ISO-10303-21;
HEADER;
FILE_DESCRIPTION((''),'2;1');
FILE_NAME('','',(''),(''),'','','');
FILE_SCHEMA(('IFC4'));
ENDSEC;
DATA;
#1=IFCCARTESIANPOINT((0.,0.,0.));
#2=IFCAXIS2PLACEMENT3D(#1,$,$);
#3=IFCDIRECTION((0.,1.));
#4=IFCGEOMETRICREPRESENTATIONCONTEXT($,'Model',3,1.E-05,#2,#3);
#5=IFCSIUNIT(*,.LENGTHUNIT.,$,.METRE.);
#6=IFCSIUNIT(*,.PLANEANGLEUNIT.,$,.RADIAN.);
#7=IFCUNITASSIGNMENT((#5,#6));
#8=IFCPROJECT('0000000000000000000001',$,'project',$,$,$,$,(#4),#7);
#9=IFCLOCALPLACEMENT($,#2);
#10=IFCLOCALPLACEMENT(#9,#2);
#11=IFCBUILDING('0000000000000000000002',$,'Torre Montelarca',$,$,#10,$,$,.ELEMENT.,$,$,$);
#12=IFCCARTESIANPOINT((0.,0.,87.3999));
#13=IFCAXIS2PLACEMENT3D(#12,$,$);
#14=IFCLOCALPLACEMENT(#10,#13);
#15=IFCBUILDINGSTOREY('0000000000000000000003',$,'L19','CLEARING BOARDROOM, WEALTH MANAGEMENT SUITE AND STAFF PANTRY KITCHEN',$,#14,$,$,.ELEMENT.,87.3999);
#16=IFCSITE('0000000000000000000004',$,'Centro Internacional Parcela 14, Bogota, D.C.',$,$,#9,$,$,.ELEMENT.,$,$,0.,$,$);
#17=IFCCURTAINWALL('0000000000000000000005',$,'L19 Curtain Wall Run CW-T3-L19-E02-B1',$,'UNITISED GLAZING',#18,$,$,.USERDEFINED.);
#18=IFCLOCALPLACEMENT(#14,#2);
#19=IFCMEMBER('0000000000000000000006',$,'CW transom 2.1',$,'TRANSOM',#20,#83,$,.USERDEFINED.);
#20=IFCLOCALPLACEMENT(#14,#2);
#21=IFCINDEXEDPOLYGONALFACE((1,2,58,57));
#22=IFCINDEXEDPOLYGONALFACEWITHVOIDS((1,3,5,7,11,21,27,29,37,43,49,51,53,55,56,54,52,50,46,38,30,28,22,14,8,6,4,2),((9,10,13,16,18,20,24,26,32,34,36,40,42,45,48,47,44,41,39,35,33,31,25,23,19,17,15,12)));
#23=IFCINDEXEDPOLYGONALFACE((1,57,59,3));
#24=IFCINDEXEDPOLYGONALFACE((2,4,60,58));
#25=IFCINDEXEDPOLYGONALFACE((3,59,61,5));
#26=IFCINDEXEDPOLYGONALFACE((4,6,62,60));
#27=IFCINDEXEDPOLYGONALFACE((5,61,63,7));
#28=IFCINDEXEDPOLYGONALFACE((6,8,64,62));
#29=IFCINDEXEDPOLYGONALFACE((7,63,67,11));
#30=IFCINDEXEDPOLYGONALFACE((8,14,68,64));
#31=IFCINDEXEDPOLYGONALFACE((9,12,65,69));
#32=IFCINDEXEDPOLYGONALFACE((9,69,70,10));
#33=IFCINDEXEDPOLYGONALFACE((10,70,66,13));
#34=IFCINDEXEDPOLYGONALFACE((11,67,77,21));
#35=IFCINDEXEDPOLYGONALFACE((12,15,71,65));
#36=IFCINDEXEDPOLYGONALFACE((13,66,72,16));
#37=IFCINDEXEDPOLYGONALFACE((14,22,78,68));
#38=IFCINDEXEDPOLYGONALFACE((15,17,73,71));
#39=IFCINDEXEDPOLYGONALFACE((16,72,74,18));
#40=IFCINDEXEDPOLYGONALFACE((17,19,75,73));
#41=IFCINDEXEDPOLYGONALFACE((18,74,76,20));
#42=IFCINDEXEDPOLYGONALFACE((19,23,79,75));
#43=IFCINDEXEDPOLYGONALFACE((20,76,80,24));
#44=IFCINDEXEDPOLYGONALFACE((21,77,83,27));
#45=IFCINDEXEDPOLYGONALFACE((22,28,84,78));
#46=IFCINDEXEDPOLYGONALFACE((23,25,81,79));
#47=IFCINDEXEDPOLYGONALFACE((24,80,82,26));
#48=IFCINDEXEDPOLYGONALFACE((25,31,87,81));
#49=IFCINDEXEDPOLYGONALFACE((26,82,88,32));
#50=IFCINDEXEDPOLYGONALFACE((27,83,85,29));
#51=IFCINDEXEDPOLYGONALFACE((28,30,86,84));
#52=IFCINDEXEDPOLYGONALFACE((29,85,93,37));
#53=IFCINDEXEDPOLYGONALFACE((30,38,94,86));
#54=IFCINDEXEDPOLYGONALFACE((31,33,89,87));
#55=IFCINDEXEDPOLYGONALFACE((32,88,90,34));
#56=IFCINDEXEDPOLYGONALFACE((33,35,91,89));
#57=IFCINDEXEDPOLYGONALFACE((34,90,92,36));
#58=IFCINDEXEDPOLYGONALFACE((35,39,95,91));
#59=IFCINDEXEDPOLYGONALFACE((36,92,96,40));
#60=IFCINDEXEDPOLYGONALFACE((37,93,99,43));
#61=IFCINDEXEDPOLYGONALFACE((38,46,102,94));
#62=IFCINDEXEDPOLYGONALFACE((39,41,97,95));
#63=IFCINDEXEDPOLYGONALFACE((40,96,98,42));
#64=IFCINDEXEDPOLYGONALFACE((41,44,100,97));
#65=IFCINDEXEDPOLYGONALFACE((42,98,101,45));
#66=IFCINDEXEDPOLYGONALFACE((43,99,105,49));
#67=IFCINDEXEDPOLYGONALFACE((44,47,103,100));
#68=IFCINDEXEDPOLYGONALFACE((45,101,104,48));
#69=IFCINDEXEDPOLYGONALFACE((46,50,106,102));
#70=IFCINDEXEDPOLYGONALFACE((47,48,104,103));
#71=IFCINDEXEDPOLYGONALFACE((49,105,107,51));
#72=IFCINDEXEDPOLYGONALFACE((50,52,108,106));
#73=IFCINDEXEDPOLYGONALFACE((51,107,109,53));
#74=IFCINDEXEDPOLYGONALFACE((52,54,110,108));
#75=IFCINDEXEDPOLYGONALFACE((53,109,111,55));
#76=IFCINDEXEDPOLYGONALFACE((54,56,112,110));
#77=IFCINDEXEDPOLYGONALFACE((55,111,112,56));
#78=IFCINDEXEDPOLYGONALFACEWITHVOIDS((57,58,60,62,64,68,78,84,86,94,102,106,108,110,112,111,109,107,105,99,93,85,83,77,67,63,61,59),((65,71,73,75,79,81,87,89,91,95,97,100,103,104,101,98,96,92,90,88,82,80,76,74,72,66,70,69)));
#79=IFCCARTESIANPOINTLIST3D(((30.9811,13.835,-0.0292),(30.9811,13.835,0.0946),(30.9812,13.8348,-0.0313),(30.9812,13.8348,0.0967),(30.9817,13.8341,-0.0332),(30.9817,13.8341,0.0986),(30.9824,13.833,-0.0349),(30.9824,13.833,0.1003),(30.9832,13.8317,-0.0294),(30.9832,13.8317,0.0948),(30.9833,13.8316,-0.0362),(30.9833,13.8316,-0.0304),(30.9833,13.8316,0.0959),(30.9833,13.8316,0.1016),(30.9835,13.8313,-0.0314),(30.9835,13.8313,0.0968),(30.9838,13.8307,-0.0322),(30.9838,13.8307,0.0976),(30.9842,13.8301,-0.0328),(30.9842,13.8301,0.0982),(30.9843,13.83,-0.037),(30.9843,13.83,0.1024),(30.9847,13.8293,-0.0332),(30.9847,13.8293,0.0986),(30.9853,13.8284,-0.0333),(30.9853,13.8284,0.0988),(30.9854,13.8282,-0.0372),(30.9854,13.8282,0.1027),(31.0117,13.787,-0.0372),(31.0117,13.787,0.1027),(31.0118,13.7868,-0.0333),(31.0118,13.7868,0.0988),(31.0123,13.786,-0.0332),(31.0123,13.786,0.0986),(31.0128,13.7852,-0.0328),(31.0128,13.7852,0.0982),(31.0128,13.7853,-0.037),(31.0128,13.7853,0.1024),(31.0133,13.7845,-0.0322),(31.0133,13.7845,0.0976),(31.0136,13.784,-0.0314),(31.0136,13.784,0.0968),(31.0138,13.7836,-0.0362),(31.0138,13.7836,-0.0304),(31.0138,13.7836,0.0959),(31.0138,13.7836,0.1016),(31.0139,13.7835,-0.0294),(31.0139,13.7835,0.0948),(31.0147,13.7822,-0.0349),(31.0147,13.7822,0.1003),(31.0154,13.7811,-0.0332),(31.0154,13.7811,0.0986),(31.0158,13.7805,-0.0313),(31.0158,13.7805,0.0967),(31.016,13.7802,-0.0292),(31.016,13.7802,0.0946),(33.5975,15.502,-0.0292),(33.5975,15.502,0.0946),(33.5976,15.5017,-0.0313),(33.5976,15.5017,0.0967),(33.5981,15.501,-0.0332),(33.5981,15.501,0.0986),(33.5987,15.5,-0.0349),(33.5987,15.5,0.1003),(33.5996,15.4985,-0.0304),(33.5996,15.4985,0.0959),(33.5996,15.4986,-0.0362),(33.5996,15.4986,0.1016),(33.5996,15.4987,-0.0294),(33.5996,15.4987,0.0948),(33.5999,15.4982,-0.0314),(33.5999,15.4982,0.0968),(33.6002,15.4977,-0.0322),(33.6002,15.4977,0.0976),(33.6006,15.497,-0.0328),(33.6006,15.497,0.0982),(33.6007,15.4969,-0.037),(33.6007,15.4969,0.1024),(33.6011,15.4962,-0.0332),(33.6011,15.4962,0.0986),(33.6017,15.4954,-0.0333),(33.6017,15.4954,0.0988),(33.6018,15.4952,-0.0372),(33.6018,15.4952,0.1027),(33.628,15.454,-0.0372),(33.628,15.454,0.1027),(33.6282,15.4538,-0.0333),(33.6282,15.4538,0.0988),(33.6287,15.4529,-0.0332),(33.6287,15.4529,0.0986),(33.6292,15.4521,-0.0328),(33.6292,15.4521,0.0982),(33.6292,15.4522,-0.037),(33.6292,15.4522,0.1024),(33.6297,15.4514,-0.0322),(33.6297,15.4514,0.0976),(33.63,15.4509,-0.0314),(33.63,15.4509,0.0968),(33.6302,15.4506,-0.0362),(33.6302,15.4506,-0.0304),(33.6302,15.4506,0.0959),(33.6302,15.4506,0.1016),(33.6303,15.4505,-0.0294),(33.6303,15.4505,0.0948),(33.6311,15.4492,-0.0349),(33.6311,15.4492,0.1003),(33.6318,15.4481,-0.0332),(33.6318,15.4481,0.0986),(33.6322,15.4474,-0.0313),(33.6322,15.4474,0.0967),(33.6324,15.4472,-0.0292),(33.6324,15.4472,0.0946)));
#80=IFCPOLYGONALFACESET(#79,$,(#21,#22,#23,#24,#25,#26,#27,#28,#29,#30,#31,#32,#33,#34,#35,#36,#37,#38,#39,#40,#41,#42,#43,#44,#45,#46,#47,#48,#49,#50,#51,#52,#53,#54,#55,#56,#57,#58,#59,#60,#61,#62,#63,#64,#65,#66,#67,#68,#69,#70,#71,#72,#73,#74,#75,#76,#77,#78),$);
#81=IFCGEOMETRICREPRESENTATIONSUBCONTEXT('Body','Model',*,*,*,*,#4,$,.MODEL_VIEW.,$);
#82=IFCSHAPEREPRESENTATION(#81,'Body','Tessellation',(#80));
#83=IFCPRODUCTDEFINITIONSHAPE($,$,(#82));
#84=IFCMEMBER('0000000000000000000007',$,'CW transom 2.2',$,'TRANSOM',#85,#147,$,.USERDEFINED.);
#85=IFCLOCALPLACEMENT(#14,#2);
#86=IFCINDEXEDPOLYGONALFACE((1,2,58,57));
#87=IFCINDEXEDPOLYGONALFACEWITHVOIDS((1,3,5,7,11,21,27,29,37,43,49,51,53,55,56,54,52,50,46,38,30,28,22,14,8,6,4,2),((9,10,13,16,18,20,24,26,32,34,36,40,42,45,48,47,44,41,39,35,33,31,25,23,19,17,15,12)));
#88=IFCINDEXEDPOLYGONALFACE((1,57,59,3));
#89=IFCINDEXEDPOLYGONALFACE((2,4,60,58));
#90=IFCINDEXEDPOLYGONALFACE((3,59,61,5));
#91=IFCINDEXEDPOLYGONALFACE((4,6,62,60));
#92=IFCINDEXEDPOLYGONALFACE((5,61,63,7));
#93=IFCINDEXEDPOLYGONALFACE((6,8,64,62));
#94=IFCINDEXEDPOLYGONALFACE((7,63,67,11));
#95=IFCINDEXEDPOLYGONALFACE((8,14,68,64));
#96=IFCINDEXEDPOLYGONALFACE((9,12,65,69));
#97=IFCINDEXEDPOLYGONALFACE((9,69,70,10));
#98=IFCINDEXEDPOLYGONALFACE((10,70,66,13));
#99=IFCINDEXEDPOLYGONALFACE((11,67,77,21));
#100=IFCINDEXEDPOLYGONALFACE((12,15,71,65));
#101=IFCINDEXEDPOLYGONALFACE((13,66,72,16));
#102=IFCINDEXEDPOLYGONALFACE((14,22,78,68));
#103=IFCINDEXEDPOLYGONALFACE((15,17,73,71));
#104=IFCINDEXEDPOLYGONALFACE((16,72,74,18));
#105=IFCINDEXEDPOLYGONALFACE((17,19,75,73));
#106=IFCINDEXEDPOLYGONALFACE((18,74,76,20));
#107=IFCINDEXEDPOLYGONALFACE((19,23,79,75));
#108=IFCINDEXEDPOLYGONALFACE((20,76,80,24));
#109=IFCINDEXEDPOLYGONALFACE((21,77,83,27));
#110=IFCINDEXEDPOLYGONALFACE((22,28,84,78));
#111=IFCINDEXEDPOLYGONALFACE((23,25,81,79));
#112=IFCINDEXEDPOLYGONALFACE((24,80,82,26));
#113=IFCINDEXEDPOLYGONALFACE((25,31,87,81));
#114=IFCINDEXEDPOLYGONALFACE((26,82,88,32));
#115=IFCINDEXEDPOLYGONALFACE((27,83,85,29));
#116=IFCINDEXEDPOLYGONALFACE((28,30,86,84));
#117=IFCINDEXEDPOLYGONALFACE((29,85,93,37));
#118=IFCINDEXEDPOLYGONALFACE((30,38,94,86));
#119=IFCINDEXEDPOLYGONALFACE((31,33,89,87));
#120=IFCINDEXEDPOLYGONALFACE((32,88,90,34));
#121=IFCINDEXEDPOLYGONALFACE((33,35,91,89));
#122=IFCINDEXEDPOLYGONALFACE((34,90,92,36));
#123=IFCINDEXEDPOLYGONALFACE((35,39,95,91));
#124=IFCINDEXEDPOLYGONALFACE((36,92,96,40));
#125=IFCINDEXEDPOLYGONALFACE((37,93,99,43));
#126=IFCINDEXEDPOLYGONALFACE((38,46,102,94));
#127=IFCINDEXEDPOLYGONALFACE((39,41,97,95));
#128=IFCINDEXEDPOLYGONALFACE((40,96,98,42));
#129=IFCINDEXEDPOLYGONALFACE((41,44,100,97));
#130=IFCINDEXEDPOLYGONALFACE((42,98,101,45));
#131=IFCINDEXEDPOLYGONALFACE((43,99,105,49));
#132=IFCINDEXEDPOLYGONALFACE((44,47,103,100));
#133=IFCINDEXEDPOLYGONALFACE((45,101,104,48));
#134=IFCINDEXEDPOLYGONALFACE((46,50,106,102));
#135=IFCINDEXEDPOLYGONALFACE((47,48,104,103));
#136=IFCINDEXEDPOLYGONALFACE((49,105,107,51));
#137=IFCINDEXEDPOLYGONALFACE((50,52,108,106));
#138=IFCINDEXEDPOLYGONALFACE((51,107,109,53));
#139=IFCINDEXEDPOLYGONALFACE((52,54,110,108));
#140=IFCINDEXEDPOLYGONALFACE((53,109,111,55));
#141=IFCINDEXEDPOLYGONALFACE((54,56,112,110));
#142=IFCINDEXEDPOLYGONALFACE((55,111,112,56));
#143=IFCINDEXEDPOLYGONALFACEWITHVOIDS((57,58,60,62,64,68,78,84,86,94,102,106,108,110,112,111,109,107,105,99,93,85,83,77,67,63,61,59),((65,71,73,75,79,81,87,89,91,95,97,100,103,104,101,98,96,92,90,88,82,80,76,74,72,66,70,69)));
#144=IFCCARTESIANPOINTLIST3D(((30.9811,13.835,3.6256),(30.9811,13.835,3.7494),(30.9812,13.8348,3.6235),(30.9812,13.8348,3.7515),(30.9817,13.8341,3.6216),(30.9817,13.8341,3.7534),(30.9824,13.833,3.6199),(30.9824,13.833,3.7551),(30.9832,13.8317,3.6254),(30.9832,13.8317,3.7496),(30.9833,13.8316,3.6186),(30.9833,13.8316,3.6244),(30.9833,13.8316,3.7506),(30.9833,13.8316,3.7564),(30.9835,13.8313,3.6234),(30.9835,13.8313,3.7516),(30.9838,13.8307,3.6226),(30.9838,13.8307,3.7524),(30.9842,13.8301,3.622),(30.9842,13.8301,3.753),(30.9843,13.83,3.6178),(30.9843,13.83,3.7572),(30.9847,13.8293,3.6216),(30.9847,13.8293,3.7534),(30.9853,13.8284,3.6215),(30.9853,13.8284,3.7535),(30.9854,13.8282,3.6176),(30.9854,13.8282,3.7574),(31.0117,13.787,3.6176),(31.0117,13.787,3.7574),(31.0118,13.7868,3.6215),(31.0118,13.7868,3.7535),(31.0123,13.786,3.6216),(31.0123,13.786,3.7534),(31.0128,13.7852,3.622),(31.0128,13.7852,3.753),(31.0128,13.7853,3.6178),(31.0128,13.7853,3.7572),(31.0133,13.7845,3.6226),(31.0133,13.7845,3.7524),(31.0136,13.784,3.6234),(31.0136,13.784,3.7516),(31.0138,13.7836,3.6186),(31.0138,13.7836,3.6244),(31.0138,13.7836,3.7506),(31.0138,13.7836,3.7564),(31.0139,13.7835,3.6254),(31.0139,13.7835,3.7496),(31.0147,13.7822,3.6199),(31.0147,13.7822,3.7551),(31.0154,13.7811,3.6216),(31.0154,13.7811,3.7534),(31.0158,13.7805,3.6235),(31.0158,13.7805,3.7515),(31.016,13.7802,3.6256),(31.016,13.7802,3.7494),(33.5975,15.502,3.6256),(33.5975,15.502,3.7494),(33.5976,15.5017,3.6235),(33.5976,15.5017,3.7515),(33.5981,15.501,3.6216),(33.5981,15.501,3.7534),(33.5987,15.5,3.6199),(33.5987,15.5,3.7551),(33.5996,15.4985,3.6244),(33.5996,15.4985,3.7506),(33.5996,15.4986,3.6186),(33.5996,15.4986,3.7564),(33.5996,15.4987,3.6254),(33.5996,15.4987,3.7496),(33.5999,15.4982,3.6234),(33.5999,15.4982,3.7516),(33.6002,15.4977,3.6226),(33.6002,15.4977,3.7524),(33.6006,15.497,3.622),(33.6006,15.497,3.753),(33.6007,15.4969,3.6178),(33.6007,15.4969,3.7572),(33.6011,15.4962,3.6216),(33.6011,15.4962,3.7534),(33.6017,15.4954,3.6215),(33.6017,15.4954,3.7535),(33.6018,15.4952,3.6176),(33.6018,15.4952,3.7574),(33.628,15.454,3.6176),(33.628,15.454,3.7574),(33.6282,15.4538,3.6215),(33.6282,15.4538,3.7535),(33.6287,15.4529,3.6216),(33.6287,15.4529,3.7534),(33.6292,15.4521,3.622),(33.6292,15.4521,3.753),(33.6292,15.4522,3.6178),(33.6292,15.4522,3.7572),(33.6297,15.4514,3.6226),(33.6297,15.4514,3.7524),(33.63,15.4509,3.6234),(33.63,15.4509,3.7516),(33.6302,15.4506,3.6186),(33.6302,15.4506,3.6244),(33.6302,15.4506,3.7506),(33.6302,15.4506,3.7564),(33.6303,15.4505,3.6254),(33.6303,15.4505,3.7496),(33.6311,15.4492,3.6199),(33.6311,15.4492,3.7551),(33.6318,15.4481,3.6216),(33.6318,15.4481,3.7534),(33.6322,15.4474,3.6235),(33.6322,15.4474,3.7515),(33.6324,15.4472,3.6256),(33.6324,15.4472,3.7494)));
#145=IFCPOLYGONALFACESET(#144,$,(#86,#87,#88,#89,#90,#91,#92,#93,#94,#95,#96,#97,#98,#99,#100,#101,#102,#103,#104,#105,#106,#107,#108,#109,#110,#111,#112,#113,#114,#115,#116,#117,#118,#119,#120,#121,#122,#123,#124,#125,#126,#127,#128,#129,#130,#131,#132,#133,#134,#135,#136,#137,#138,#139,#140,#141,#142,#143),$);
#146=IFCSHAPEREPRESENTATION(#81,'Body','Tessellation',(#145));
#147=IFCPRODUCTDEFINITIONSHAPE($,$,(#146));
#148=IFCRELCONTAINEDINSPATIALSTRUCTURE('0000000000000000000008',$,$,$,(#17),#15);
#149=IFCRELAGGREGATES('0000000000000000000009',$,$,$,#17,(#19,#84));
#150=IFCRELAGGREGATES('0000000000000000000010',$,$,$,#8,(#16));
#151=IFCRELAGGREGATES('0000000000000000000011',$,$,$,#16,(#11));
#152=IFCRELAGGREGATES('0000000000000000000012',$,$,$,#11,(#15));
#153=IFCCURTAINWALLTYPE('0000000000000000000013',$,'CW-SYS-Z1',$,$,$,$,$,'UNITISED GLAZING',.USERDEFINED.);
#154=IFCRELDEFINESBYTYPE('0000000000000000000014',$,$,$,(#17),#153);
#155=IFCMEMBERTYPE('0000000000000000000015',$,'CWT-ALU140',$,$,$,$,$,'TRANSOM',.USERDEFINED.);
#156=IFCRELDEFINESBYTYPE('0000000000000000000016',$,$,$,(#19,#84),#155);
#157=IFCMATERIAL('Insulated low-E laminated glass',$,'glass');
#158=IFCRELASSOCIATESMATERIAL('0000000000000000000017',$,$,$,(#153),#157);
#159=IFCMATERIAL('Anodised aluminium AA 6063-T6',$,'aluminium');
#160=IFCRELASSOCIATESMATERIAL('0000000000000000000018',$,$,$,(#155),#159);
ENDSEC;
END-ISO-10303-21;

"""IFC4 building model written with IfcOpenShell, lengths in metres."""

from ifc_helpers import new_model, si_unit, direction, frame, origin, origin_2d, place, context, subcontext, project, spatial, hollow_rectangle, extrude, source, transform, mapped, material, material_profile, profile_set, type_object, element, aggregate, save


model = new_model("IFC4")

# Units and contexts
model_context = context("Model", 3, precision=1e-05, world=origin(), true_north=direction((0.0, 1.0)))
body_context = subcontext(model_context, "Body", "Model", "MODEL_VIEW")
ifc_project = project(units=[si_unit("LENGTHUNIT", "METRE"), si_unit("PLANEANGLEUNIT", "RADIAN")], contexts=[model_context])

# Site, building, storey
site_placement = place(None, origin())
site = spatial("IfcSite", under=ifc_project, at=site_placement, Name="Centro Internacional Parcela 14, Bogota, D.C.", CompositionType="ELEMENT", RefElevation=0.0)
building_placement = place(site_placement, origin())
building = spatial("IfcBuilding", under=site, at=building_placement, Name="Torre Montelarca", CompositionType="ELEMENT")
storey_placement = place(building_placement, frame((0.0, 0.0, 87.3999)))
storey = spatial("IfcBuildingStorey", under=building, at=storey_placement, Name="L19", Description="CLEARING BOARDROOM, WEALTH MANAGEMENT SUITE AND STAFF PANTRY KITCHEN", CompositionType="ELEMENT", Elevation=87.3999)

# Curtain wall, members
ifc_material_1 = material(Name="Insulated low-E laminated glass", Category="glass")
curtain_wall_type = type_object("IfcCurtainWallType", Name="CW-SYS-Z1", ElementType="UNITISED GLAZING", PredefinedType="USERDEFINED", material=ifc_material_1)
ifc_material_2 = material(Name="Anodised aluminium AA 6063-T6", Category="aluminium")
ifc_material_profile_1 = material_profile(ifc_material_2, hollow_rectangle(XDim=0.0649, YDim=0.1399, WallThickness=0.0039, InnerFilletRadius=0.0039, OuterFilletRadius=0.0081, at=origin_2d()), Name="ALU65X140X4", Category="aluminium")
ifc_profile_set_1 = profile_set([ifc_material_profile_1], Name="Anodised aluminium AA 6063-T6")
member_type_1 = type_object("IfcMemberType", Name="CWT-ALU140", ElementType="TRANSOM", PredefinedType="USERDEFINED", material=ifc_profile_set_1)
curtain_wall_1_placement = place(storey_placement, origin())
curtain_wall_1 = element("IfcCurtainWall", 1, at=curtain_wall_1_placement, inside=storey, type_object=curtain_wall_type, Name="L19 Curtain Wall Run CW-T3-L19-E02-B1", ObjectType="UNITISED GLAZING", PredefinedType="USERDEFINED")
shared_shape_1 = source(origin(), body_context, "Body", "SweptSolid", [
    extrude(hollow_rectangle(XDim=0.0649, YDim=0.1399, WallThickness=0.0039, InnerFilletRadius=0.0039, OuterFilletRadius=0.0081, at=origin_2d()), origin(), (0.0, 0.0, 1.0), 3.1023),
])
member_1_placement = place(storey_placement, frame((30.9985, 13.8076, 0.0327), z_axis=(0.843373, 0.537329, 0.0), x_axis=(-0.537329, 0.843373, 0.0)))
member_1 = element("IfcMember", 2, at=member_1_placement, type_object=member_type_1, Name="CW transom 2.1", ObjectType="TRANSOM", PredefinedType="USERDEFINED", context=body_context, shape_type="MappedRepresentation", body=[
    mapped(shared_shape_1, transform((0.0, 0.0, 0.0), scale=1.0)),
])
member_2_placement = place(storey_placement, frame((30.9985, 13.8076, 3.6875), z_axis=(0.843373, 0.537329, 0.0), x_axis=(-0.537329, 0.843373, 0.0)))
member_2 = element("IfcMember", 3, at=member_2_placement, type_object=member_type_1, Name="CW transom 2.2", ObjectType="TRANSOM", PredefinedType="USERDEFINED", context=body_context, shape_type="MappedRepresentation", body=[
    mapped(shared_shape_1, transform((0.0, 0.0, 0.0), scale=1.0)),
])

aggregate(curtain_wall_1, [member_1, member_2])

save(model, "model.ifc")
